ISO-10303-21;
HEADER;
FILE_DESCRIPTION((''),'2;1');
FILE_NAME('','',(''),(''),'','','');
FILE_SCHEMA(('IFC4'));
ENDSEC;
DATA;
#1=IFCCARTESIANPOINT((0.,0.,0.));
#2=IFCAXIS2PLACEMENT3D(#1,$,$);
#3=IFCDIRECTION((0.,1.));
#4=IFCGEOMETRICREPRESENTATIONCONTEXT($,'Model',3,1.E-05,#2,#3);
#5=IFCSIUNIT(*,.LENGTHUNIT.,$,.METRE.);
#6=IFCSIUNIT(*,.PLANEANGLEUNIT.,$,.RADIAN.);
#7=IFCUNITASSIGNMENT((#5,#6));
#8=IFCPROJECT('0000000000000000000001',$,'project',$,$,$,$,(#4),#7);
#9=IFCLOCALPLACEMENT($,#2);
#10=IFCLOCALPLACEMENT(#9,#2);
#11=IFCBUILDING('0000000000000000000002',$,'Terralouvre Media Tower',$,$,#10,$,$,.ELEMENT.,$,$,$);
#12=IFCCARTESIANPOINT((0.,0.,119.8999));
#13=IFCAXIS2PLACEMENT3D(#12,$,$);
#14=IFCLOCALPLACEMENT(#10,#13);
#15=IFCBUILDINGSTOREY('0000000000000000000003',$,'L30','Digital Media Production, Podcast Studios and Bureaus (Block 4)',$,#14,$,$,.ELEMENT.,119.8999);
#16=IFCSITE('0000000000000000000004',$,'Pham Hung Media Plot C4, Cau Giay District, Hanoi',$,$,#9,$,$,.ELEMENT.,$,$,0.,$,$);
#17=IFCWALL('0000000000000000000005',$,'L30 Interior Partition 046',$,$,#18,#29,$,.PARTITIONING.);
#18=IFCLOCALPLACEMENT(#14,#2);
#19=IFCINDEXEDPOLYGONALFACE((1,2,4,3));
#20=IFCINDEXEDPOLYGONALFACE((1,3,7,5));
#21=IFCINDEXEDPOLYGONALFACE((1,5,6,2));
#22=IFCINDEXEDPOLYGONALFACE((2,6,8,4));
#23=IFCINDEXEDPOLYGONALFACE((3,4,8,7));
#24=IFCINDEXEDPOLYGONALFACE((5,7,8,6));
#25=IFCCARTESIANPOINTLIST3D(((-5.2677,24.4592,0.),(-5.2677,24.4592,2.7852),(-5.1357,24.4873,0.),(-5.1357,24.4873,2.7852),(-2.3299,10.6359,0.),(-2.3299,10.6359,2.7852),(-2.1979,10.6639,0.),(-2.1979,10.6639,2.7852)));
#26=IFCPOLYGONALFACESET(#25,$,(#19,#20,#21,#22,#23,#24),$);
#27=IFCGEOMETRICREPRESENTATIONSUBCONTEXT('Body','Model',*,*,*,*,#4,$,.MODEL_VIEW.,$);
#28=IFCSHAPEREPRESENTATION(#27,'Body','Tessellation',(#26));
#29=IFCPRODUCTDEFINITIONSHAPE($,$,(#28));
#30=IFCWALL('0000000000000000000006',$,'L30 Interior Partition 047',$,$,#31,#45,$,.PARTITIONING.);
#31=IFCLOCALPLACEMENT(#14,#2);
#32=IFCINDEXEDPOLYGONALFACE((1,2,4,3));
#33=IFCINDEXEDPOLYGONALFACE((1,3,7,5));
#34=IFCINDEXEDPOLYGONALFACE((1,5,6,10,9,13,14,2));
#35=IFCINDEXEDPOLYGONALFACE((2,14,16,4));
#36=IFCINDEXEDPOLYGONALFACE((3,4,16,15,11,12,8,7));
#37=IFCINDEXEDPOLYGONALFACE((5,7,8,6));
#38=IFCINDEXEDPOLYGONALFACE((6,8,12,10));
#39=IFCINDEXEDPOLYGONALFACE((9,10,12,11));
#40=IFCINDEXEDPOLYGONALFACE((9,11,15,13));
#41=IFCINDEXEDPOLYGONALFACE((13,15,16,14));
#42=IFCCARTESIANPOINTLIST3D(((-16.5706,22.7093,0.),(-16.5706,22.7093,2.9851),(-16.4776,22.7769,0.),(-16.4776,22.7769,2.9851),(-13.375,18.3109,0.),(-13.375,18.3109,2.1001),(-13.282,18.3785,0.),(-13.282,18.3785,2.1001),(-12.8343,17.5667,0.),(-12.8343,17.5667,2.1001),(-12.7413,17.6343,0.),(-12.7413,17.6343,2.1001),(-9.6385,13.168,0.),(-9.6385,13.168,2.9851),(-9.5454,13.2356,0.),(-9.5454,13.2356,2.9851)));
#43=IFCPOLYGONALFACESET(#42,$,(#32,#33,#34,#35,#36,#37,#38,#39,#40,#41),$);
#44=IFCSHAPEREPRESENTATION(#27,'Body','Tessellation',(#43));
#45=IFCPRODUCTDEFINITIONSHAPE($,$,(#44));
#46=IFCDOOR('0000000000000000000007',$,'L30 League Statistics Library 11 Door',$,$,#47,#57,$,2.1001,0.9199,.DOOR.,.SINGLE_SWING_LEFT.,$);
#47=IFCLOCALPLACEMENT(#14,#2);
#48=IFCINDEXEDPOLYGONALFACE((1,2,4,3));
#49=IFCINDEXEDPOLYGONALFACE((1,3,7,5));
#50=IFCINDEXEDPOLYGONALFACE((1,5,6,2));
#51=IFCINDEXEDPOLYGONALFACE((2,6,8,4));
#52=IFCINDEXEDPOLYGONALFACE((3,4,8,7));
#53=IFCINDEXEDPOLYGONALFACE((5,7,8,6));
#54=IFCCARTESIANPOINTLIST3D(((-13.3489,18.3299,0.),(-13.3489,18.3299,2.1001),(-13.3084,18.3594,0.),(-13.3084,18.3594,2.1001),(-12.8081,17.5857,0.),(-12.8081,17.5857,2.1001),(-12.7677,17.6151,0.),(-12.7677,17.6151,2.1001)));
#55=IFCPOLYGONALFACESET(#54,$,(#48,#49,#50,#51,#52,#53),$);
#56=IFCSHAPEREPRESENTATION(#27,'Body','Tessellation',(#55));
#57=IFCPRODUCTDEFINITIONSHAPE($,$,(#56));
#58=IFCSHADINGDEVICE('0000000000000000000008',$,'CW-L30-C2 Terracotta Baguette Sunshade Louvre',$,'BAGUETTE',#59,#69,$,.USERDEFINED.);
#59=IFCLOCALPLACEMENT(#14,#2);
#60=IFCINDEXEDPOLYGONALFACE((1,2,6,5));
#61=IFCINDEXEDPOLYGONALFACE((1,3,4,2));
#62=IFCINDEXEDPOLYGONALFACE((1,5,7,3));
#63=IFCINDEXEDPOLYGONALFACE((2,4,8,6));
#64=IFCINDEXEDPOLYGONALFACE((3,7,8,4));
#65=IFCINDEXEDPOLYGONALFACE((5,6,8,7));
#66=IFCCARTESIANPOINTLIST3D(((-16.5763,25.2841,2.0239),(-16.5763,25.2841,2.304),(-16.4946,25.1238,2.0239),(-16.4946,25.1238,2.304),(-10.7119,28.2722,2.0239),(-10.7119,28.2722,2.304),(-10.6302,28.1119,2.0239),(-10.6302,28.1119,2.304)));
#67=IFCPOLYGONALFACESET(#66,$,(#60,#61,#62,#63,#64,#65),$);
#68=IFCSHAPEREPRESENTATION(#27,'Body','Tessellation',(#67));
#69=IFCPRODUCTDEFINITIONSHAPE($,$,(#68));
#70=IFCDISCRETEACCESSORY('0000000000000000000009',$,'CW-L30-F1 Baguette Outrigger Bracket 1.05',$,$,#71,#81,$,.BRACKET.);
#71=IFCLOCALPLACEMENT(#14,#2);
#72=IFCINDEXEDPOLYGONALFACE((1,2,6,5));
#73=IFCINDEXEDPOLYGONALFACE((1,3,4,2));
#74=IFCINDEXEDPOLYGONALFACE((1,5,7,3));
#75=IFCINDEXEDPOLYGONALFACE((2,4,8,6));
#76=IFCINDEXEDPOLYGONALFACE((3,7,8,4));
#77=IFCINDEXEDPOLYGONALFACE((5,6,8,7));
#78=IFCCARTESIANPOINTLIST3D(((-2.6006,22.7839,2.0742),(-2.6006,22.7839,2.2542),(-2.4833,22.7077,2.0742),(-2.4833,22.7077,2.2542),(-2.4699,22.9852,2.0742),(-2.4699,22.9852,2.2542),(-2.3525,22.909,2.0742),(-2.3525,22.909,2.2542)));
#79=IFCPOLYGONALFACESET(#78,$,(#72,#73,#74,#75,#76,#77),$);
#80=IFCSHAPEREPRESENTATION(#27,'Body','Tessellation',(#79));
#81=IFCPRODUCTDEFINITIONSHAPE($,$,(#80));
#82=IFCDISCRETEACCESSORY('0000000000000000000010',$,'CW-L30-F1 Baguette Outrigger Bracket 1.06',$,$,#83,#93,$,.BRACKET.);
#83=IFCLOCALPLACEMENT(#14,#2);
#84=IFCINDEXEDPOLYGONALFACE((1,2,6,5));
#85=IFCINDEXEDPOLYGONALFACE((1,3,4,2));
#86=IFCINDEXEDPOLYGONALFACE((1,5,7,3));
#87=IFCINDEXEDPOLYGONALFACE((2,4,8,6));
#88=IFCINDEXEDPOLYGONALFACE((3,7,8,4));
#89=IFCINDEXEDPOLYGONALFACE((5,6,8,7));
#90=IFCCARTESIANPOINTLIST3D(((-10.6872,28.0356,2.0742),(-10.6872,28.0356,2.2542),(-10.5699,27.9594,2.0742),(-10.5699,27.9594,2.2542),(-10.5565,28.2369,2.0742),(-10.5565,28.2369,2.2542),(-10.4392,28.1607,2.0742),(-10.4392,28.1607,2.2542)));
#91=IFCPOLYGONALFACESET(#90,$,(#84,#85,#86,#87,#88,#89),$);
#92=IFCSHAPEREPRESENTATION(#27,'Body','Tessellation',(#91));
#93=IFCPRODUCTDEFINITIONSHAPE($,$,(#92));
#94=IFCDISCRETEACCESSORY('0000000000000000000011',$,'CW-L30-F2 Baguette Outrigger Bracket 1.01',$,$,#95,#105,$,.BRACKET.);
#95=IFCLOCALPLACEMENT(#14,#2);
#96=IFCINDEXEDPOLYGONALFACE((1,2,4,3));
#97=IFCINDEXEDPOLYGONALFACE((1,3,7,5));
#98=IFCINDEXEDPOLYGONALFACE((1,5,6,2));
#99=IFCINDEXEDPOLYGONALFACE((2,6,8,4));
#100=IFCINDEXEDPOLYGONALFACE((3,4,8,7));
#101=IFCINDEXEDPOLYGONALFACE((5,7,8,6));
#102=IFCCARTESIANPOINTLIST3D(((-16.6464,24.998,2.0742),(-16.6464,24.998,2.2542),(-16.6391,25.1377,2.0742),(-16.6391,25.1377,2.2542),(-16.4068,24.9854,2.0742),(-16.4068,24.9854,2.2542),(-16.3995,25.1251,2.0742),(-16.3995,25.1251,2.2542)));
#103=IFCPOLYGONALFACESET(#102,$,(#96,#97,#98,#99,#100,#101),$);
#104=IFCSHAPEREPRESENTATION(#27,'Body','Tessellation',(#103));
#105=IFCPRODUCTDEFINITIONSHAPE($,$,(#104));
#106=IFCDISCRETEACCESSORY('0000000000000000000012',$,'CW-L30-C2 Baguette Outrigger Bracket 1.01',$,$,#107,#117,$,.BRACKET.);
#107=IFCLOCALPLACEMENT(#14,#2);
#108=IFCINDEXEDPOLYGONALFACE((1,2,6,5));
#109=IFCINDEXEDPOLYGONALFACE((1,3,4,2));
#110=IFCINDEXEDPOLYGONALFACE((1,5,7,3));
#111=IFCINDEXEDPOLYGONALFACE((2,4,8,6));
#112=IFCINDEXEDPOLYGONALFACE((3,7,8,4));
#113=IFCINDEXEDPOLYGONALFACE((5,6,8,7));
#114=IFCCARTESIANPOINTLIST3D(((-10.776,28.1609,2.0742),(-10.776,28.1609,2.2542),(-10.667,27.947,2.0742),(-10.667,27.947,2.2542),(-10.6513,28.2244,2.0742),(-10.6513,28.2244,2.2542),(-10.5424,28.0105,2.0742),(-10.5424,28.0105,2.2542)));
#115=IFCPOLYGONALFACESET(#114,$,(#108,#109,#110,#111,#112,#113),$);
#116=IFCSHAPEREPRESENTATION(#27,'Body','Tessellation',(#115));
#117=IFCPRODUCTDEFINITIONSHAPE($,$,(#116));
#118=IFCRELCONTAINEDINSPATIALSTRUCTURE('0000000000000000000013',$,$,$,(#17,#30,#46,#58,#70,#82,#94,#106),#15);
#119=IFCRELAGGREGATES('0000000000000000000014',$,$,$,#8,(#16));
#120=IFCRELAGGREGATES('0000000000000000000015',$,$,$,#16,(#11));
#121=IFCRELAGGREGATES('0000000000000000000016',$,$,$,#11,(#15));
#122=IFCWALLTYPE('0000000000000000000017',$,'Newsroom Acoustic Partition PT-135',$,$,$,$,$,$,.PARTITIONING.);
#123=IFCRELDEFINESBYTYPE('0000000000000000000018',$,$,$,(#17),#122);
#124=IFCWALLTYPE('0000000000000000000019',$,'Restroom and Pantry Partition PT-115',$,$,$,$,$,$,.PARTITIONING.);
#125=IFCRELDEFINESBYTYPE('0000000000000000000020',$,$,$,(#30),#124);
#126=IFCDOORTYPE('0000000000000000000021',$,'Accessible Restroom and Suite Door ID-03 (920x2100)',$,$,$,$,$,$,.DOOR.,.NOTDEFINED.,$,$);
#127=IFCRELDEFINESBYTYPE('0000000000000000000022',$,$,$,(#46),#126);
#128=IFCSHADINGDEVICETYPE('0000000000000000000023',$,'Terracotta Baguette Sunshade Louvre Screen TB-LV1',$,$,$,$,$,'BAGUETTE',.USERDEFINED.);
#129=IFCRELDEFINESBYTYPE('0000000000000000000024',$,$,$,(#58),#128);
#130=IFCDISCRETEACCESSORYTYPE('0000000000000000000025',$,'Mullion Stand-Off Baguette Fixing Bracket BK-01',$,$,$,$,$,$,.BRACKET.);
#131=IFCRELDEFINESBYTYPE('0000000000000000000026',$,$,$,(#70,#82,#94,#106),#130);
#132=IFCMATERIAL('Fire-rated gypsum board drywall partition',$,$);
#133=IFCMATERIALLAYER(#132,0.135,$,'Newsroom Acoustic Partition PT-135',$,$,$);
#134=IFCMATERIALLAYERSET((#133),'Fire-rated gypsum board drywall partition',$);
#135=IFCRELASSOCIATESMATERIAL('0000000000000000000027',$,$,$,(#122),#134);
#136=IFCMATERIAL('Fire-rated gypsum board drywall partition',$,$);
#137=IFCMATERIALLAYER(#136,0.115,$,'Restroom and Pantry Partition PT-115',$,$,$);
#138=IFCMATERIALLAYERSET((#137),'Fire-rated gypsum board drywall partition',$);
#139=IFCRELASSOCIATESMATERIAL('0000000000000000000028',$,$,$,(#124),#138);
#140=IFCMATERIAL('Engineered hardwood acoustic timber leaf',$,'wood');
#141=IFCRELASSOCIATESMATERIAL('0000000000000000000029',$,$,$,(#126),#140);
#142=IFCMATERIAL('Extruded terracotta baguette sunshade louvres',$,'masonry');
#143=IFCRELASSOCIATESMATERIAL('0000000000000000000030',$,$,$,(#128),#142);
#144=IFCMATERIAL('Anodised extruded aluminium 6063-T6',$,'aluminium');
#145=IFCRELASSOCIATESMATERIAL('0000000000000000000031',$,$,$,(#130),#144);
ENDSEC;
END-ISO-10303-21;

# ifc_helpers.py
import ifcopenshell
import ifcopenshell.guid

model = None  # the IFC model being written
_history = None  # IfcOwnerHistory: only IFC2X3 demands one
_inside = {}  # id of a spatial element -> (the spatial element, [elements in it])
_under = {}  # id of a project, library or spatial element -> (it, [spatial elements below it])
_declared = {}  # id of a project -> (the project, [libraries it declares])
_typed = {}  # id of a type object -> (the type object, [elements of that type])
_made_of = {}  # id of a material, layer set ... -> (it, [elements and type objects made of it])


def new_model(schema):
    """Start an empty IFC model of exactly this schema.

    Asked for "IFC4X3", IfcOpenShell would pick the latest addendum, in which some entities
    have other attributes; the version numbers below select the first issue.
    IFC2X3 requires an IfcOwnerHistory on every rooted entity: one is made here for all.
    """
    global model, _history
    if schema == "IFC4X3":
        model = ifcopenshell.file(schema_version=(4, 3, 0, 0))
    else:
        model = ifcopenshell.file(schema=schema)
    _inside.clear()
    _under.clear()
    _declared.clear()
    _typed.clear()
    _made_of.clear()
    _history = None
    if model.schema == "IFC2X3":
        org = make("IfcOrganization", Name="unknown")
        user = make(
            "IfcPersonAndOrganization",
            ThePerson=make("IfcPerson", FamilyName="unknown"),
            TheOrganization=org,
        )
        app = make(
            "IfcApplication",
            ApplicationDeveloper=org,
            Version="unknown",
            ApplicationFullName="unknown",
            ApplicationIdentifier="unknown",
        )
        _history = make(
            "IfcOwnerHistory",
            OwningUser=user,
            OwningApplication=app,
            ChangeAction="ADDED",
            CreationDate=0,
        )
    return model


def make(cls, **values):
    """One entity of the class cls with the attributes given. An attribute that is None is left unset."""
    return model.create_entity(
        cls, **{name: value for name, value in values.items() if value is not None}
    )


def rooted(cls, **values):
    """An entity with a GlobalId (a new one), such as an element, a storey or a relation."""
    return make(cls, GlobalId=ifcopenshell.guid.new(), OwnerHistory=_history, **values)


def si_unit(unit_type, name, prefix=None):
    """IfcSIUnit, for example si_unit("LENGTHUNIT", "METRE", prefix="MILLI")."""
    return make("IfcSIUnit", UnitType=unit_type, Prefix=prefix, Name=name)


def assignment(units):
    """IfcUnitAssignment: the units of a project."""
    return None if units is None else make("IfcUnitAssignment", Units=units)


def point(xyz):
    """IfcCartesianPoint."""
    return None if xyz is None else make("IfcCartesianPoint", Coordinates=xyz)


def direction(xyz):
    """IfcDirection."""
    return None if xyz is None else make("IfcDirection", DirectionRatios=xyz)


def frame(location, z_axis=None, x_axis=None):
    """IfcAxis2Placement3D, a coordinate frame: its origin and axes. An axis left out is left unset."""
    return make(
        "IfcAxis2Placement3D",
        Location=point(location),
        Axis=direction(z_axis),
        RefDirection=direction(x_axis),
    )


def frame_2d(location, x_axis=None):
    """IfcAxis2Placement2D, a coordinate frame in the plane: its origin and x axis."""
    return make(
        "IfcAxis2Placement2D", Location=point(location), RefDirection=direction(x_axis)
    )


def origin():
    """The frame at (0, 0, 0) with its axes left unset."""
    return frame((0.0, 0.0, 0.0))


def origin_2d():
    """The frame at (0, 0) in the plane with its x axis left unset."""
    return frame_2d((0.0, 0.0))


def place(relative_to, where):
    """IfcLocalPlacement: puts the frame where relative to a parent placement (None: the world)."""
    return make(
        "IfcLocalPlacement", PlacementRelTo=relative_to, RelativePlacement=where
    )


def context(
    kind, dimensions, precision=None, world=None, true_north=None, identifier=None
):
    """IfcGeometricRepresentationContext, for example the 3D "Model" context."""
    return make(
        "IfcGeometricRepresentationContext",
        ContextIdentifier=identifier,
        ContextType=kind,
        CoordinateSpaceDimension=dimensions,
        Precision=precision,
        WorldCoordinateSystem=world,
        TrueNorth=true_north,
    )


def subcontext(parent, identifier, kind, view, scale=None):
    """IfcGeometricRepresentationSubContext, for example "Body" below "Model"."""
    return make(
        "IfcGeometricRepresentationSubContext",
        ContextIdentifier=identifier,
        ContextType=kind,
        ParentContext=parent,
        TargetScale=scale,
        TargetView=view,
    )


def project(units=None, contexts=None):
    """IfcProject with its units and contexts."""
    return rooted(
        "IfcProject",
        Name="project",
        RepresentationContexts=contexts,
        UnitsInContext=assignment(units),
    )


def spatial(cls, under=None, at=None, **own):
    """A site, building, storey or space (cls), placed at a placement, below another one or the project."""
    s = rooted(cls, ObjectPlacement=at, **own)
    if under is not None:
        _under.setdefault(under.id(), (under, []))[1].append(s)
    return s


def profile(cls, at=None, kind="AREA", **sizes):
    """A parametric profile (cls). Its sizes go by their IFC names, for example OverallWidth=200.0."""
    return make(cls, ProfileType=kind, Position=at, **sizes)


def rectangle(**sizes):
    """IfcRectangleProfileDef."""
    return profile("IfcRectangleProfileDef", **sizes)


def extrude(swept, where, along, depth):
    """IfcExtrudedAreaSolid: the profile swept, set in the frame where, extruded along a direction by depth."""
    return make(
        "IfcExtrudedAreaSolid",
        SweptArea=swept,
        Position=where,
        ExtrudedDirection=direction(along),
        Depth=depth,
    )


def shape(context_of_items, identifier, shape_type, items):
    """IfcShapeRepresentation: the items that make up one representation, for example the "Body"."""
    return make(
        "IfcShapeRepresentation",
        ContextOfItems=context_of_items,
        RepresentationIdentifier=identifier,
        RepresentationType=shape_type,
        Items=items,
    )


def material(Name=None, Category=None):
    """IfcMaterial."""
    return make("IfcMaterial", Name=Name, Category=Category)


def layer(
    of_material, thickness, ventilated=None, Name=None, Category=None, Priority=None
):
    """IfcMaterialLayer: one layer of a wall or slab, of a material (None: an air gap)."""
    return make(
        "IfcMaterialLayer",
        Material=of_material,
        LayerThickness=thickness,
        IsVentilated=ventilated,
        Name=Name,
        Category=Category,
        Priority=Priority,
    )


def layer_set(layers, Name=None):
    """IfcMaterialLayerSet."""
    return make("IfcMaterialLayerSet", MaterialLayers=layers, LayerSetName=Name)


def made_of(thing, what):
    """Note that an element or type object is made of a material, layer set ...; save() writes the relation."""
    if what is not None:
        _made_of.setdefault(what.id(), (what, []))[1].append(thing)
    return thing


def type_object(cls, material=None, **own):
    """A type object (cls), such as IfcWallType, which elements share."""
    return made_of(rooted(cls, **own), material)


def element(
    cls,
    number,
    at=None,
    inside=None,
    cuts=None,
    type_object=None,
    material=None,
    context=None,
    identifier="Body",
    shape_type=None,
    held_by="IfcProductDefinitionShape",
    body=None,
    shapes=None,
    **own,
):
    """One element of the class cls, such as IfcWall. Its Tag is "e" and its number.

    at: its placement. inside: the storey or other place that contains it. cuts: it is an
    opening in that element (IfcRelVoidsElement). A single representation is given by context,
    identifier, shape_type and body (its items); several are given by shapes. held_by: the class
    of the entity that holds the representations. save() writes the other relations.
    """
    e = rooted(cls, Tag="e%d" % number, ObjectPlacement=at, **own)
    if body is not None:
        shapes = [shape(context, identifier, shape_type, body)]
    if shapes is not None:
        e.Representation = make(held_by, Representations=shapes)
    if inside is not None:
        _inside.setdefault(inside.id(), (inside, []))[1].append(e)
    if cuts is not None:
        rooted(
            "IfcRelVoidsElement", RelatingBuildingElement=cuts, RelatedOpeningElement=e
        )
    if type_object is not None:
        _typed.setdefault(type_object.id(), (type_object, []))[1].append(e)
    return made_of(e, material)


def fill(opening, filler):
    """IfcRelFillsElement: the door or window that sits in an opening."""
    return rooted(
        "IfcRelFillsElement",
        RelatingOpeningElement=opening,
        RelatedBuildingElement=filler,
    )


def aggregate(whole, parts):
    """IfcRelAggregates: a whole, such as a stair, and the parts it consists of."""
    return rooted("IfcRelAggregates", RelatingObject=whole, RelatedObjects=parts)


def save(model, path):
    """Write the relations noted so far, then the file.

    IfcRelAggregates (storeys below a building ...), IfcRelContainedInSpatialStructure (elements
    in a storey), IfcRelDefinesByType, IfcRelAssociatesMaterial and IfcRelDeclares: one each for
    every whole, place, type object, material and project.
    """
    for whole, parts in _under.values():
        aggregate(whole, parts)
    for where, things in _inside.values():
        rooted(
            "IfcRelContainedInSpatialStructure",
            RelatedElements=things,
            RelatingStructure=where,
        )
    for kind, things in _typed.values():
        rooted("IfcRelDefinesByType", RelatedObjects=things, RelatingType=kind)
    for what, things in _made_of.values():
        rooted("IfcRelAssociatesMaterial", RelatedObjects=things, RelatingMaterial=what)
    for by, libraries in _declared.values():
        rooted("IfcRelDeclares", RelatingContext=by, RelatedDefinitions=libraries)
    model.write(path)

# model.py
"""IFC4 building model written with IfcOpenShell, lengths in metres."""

from ifc_helpers import new_model, si_unit, direction, frame, frame_2d, origin, origin_2d, place, context, subcontext, project, spatial, rectangle, extrude, material, layer, layer_set, type_object, element, fill, save


model = new_model("IFC4")

# Units and contexts
model_context = context("Model", 3, precision=1e-05, world=origin(), true_north=direction((0.0, 1.0)))
body_context = subcontext(model_context, "Body", "Model", "MODEL_VIEW")
ifc_project = project(units=[si_unit("LENGTHUNIT", "METRE"), si_unit("PLANEANGLEUNIT", "RADIAN")], contexts=[model_context])

# Site, building, storey
site_placement = place(None, origin())
site = spatial("IfcSite", under=ifc_project, at=site_placement, Name="Pham Hung Media Plot C4, Cau Giay District, Hanoi", CompositionType="ELEMENT", RefElevation=0.0)
building_placement = place(site_placement, origin())
building = spatial("IfcBuilding", under=site, at=building_placement, Name="Terralouvre Media Tower", CompositionType="ELEMENT")
storey_placement = place(building_placement, frame((0.0, 0.0, 119.8999)))
storey = spatial("IfcBuildingStorey", under=building, at=storey_placement, Name="L30", Description="Digital Media Production, Podcast Studios and Bureaus (Block 4)", CompositionType="ELEMENT", Elevation=119.8999)

# Wall
ifc_material_1 = material(Name="Fire-rated gypsum board drywall partition")
ifc_layer_1 = layer(ifc_material_1, 0.135, Name="Newsroom Acoustic Partition PT-135")
ifc_layer_set_1 = layer_set([ifc_layer_1], Name="Fire-rated gypsum board drywall partition")
wall_type_1 = type_object("IfcWallType", Name="Newsroom Acoustic Partition PT-135", PredefinedType="PARTITIONING", material=ifc_layer_set_1)
wall_1_placement = place(storey_placement, frame((-5.2017, 24.4731, 0.0), z_axis=(0.0, 0.0, 1.0), x_axis=(0.207879, -0.978154, 0.0)))
element("IfcWall", 1, at=wall_1_placement, inside=storey, type_object=wall_type_1, Name="L30 Interior Partition 046", PredefinedType="PARTITIONING", context=body_context, shape_type="SweptSolid", body=[
    extrude(rectangle(XDim=14.1321, YDim=0.135, at=frame_2d((7.0659, 0.0))), origin(), (0.0, 0.0, 1.0), 2.7852),
])

# Wall, opening, door
ifc_material_2 = material(Name="Fire-rated gypsum board drywall partition")
ifc_layer_2 = layer(ifc_material_2, 0.115, Name="Restroom and Pantry Partition PT-115")
ifc_layer_set_2 = layer_set([ifc_layer_2], Name="Fire-rated gypsum board drywall partition")
wall_type_2 = type_object("IfcWallType", Name="Restroom and Pantry Partition PT-115", PredefinedType="PARTITIONING", material=ifc_layer_set_2)
wall_2_placement = place(storey_placement, frame((-16.5242, 22.7432, 0.0), z_axis=(0.0, 0.0, 1.0), x_axis=(0.587785, -0.809017, 0.0)))
wall_2 = element("IfcWall", 2, at=wall_2_placement, inside=storey, type_object=wall_type_2, Name="L30 Interior Partition 047", PredefinedType="PARTITIONING", context=body_context, shape_type="SweptSolid", body=[
    extrude(rectangle(XDim=11.7937, YDim=0.115, at=frame_2d((5.897, 0.0))), origin(), (0.0, 0.0, 1.0), 2.9851),
])
opening_placement = place(wall_2_placement, frame((5.4368, 0.0, 0.0)))
opening = element("IfcOpeningElement", 3, at=opening_placement, cuts=wall_2, PredefinedType="OPENING", context=body_context, shape_type="SweptSolid", body=[
    extrude(rectangle(XDim=0.9199, YDim=2.1001, at=frame_2d((0.46, 1.05))), frame((0.0, 0.0674, 0.0), z_axis=(0.0, -1.0, 0.0), x_axis=(1.0, 0.0, 0.0)), (0.0, 0.0, 1.0), 0.135),
])
ifc_material_3 = material(Name="Engineered hardwood acoustic timber leaf", Category="wood")
door_type = type_object("IfcDoorType", Name="Accessible Restroom and Suite Door ID-03 (920x2100)", OperationType="NOTDEFINED", PredefinedType="DOOR", material=ifc_material_3)
door_placement = place(opening_placement, origin())
door = element("IfcDoor", 4, at=door_placement, inside=storey, type_object=door_type, Name="L30 League Statistics Library 11 Door", OperationType="SINGLE_SWING_LEFT", OverallHeight=2.1001, OverallWidth=0.9199, PredefinedType="DOOR", context=body_context, shape_type="SweptSolid", body=[
    extrude(rectangle(XDim=0.9199, YDim=2.1001, at=frame_2d((0.46, 1.05))), frame((0.0, 0.0249, 0.0), z_axis=(0.0, -1.0, 0.0), x_axis=(1.0, 0.0, 0.0)), (0.0, 0.0, 1.0), 0.05),
])
fill(opening, door)

# Shading device
ifc_material_4 = material(Name="Extruded terracotta baguette sunshade louvres", Category="masonry")
shading_device_type = type_object("IfcShadingDeviceType", Name="Terracotta Baguette Sunshade Louvre Screen TB-LV1", ElementType="BAGUETTE", PredefinedType="USERDEFINED", material=ifc_material_4)
shading_device_placement = place(storey_placement, frame((-13.6033, 26.698, 2.0239), z_axis=(0.0, 0.0, 1.0), x_axis=(-0.891007, -0.45399, 0.0)))
element("IfcShadingDevice", 5, at=shading_device_placement, inside=storey, type_object=shading_device_type, Name="CW-L30-C2 Terracotta Baguette Sunshade Louvre", ObjectType="BAGUETTE", PredefinedType="USERDEFINED", context=body_context, shape_type="SweptSolid", body=[
    extrude(rectangle(XDim=6.5818, YDim=0.1799, at=origin_2d()), origin(), (0.0, 0.0, 1.0), 0.28),
])

# Discrete accessories
ifc_material_5 = material(Name="Anodised extruded aluminium 6063-T6", Category="aluminium")
discrete_accessory_type = type_object("IfcDiscreteAccessoryType", Name="Mullion Stand-Off Baguette Fixing Bracket BK-01", PredefinedType="BRACKET", material=ifc_material_5)
for number, where, z_axis, x_axis, name in (
    (6, (-2.4766, 22.8464, 2.0742), (0.0, 0.0, 1.0), (-0.838671, 0.544639, 0.0), "CW-L30-F1 Baguette Outrigger Bracket 1.05"),
    (7, (-10.5632, 28.0981, 2.0742), (0.0, 0.0, 1.0), (-0.838671, 0.544639, 0.0), "CW-L30-F1 Baguette Outrigger Bracket 1.06"),
    (8, (-16.5229, 25.0615, 2.0742), (0.0, 0.0, 1.0), (-0.052336, -0.99863, 0.0), "CW-L30-F2 Baguette Outrigger Bracket 1.01"),
    (9, (-10.6592, 28.0857, 2.0742), (0.0, 0.0, 1.0), (-0.891007, -0.45399, 0.0), "CW-L30-C2 Baguette Outrigger Bracket 1.01"),
):
    element("IfcDiscreteAccessory", number, at=place(storey_placement, frame(where, z_axis=z_axis, x_axis=x_axis)), inside=storey, type_object=discrete_accessory_type, Name=name, PredefinedType="BRACKET", context=body_context, shape_type="SweptSolid", body=[
        extrude(rectangle(XDim=0.1399, YDim=0.24, at=origin_2d()), origin(), (0.0, 0.0, 1.0), 0.1799),
    ])

save(model, "model.ifc")
